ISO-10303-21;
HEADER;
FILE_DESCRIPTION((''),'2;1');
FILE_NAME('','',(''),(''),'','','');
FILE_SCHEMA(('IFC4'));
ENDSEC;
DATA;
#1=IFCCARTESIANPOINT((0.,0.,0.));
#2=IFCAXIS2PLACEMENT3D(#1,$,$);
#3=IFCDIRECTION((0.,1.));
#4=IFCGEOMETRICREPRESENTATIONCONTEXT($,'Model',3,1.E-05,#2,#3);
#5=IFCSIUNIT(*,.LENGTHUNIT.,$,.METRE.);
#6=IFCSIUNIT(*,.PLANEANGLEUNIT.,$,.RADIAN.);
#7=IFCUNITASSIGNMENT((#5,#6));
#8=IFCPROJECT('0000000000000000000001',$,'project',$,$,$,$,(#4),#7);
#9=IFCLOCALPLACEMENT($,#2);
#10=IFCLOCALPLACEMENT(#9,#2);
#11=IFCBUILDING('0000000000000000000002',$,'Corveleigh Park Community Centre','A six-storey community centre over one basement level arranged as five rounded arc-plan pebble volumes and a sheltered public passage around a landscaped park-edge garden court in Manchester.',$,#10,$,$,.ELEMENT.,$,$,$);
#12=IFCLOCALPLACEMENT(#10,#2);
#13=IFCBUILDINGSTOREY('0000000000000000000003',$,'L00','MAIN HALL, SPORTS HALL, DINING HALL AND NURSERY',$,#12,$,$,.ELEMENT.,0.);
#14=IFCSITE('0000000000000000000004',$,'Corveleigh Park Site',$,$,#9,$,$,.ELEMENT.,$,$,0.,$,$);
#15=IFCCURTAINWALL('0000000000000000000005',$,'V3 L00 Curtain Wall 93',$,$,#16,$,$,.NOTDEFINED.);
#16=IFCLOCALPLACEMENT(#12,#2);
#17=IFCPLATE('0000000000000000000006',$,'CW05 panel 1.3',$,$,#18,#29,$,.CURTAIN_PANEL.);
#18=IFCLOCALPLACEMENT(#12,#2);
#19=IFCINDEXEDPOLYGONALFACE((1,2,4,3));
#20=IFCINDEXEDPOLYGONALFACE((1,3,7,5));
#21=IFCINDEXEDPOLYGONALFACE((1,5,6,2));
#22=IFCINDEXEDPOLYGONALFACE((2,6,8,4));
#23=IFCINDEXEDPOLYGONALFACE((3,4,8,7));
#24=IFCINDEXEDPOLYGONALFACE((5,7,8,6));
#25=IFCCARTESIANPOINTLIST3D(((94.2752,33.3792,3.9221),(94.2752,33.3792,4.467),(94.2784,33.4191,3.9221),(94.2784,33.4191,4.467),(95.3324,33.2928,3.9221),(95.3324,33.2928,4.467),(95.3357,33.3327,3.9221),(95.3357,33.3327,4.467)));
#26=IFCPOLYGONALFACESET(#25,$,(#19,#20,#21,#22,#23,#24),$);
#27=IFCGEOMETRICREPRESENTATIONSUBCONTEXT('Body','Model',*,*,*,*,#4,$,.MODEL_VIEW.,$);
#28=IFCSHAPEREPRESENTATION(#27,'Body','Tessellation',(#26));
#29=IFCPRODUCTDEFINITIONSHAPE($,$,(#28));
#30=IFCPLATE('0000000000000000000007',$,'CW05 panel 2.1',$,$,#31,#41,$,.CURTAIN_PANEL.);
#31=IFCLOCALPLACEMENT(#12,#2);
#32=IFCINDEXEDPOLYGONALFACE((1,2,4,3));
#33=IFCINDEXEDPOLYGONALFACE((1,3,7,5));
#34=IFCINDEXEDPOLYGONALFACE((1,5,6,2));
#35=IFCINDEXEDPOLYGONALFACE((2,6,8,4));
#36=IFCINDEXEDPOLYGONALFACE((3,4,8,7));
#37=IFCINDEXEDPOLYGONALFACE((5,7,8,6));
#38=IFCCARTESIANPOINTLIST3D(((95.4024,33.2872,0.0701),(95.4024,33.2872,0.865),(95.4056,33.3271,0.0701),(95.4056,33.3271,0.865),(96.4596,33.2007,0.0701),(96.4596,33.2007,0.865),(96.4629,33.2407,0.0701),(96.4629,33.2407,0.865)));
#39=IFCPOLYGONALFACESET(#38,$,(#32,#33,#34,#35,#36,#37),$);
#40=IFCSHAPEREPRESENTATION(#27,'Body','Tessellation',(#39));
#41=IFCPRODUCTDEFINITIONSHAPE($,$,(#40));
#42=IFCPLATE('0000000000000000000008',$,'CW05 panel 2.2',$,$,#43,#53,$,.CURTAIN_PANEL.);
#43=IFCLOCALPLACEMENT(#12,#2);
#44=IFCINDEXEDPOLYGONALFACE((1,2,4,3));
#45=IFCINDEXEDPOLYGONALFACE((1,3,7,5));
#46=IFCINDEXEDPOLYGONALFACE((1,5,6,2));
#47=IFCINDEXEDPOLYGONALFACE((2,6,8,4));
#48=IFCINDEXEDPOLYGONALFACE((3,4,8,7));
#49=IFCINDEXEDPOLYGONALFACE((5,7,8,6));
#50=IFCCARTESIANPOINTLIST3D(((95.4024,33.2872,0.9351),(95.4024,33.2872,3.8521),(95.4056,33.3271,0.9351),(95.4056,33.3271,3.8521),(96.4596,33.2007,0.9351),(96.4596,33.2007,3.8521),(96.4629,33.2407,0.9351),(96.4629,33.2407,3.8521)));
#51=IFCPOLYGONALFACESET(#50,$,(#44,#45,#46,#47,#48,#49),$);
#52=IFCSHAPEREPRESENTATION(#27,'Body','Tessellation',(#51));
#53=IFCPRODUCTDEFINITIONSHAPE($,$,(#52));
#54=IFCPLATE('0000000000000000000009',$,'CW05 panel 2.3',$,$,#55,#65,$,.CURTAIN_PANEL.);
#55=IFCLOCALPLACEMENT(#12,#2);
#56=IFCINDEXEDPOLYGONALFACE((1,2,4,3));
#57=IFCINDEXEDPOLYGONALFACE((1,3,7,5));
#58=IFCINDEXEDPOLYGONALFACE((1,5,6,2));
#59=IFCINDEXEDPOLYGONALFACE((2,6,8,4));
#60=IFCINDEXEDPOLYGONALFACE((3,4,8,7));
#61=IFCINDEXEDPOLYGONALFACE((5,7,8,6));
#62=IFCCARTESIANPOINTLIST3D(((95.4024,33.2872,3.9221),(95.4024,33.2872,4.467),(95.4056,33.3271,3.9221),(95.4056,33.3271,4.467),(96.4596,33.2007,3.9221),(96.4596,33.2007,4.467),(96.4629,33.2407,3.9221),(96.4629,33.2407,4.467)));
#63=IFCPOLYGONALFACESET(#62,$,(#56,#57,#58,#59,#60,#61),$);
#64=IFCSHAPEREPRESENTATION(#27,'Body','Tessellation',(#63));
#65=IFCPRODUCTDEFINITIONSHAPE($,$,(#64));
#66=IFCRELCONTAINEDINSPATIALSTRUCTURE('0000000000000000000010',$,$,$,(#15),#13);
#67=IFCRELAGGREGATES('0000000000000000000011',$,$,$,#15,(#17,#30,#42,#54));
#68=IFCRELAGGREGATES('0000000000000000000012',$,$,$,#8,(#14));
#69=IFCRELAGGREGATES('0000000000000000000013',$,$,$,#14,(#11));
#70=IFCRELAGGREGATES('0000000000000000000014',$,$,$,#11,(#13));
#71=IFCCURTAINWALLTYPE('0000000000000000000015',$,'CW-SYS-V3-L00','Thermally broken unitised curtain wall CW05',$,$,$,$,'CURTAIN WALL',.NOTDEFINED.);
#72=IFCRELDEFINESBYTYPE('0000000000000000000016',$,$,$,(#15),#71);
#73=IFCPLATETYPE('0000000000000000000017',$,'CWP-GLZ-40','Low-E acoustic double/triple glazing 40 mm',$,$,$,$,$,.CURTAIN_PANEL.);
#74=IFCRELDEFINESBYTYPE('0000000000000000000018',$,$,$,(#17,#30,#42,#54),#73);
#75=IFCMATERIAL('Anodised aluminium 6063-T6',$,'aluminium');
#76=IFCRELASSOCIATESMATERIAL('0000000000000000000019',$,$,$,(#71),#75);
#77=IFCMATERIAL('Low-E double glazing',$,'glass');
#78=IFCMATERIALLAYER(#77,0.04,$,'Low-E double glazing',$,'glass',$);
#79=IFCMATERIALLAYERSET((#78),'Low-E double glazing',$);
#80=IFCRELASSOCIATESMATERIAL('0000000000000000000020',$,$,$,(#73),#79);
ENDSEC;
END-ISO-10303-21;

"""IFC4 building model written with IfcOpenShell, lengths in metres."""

from ifc_helpers import new_model, si_unit, direction, frame, origin, origin_2d, place, context, subcontext, project, spatial, rectangle, extrude, material, layer, layer_set, type_object, element, aggregate, save


model = new_model("IFC4")

# Units and contexts
model_context = context("Model", 3, precision=1e-05, world=origin(), true_north=direction((0.0, 1.0)))
body_context = subcontext(model_context, "Body", "Model", "MODEL_VIEW")
ifc_project = project(units=[si_unit("LENGTHUNIT", "METRE"), si_unit("PLANEANGLEUNIT", "RADIAN")], contexts=[model_context])

# Site, building, storey
site_placement = place(None, origin())
site = spatial("IfcSite", under=ifc_project, at=site_placement, Name="Corveleigh Park Site", CompositionType="ELEMENT", RefElevation=0.0)
building_placement = place(site_placement, origin())
building = spatial("IfcBuilding", under=site, at=building_placement, Name="Corveleigh Park Community Centre", Description="A six-storey community centre over one basement level arranged as five rounded arc-plan pebble volumes and a sheltered public passage around a landscaped park-edge garden court in Manchester.", CompositionType="ELEMENT")
storey_placement = place(building_placement, origin())
storey = spatial("IfcBuildingStorey", under=building, at=storey_placement, Name="L00", Description="MAIN HALL, SPORTS HALL, DINING HALL AND NURSERY", CompositionType="ELEMENT", Elevation=0.0)

# Curtain wall
ifc_material_1 = material(Name="Anodised aluminium 6063-T6", Category="aluminium")
curtain_wall_type = type_object("IfcCurtainWallType", Name="CW-SYS-V3-L00", Description="Thermally broken unitised curtain wall CW05", ElementType="CURTAIN WALL", PredefinedType="NOTDEFINED", material=ifc_material_1)
curtain_wall_1_placement = place(storey_placement, origin())
curtain_wall_1 = element("IfcCurtainWall", 1, at=curtain_wall_1_placement, inside=storey, type_object=curtain_wall_type, Name="V3 L00 Curtain Wall 93", PredefinedType="NOTDEFINED")

# Plates
ifc_material_2 = material(Name="Low-E double glazing", Category="glass")
ifc_layer_1 = layer(ifc_material_2, 0.04, Name="Low-E double glazing", Category="glass")
ifc_layer_set_1 = layer_set([ifc_layer_1], Name="Low-E double glazing")
plate_type_1 = type_object("IfcPlateType", Name="CWP-GLZ-40", Description="Low-E acoustic double/triple glazing 40 mm", PredefinedType="CURTAIN_PANEL", material=ifc_layer_set_1)
plate_1_placement = place(storey_placement, frame((94.8054, 33.356, 3.9221), z_axis=(0.0, 0.0, 1.0), x_axis=(0.996675, -0.081484, 0.0)))
plate_1 = element("IfcPlate", 2, at=plate_1_placement, type_object=plate_type_1, Name="CW05 panel 1.3", PredefinedType="CURTAIN_PANEL", context=body_context, shape_type="SweptSolid", body=[
    extrude(rectangle(XDim=1.0608, YDim=0.04, at=origin_2d()), origin(), (0.0, 0.0, 1.0), 0.5449),
])
plate_2_placement = place(storey_placement, frame((95.9326, 33.2639, 0.0701), z_axis=(0.0, 0.0, 1.0), x_axis=(0.996675, -0.081484, 0.0)))
plate_2 = element("IfcPlate", 3, at=plate_2_placement, type_object=plate_type_1, Name="CW05 panel 2.1", PredefinedType="CURTAIN_PANEL", context=body_context, shape_type="SweptSolid", body=[
    extrude(rectangle(XDim=1.0608, YDim=0.04, at=origin_2d()), origin(), (0.0, 0.0, 1.0), 0.7949),
])
plate_3_placement = place(storey_placement, frame((95.9326, 33.2639, 0.9351), z_axis=(0.0, 0.0, 1.0), x_axis=(0.996675, -0.081484, 0.0)))
plate_3 = element("IfcPlate", 4, at=plate_3_placement, type_object=plate_type_1, Name="CW05 panel 2.2", PredefinedType="CURTAIN_PANEL", context=body_context, shape_type="SweptSolid", body=[
    extrude(rectangle(XDim=1.0608, YDim=0.04, at=origin_2d()), origin(), (0.0, 0.0, 1.0), 2.917),
])
plate_4_placement = place(storey_placement, frame((95.9326, 33.2639, 3.9221), z_axis=(0.0, 0.0, 1.0), x_axis=(0.996675, -0.081484, 0.0)))
plate_4 = element("IfcPlate", 5, at=plate_4_placement, type_object=plate_type_1, Name="CW05 panel 2.3", PredefinedType="CURTAIN_PANEL", context=body_context, shape_type="SweptSolid", body=[
    extrude(rectangle(XDim=1.0608, YDim=0.04, at=origin_2d()), origin(), (0.0, 0.0, 1.0), 0.5449),
])
aggregate(curtain_wall_1, [plate_1, plate_2, plate_3, plate_4])

save(model, "model.ifc")
